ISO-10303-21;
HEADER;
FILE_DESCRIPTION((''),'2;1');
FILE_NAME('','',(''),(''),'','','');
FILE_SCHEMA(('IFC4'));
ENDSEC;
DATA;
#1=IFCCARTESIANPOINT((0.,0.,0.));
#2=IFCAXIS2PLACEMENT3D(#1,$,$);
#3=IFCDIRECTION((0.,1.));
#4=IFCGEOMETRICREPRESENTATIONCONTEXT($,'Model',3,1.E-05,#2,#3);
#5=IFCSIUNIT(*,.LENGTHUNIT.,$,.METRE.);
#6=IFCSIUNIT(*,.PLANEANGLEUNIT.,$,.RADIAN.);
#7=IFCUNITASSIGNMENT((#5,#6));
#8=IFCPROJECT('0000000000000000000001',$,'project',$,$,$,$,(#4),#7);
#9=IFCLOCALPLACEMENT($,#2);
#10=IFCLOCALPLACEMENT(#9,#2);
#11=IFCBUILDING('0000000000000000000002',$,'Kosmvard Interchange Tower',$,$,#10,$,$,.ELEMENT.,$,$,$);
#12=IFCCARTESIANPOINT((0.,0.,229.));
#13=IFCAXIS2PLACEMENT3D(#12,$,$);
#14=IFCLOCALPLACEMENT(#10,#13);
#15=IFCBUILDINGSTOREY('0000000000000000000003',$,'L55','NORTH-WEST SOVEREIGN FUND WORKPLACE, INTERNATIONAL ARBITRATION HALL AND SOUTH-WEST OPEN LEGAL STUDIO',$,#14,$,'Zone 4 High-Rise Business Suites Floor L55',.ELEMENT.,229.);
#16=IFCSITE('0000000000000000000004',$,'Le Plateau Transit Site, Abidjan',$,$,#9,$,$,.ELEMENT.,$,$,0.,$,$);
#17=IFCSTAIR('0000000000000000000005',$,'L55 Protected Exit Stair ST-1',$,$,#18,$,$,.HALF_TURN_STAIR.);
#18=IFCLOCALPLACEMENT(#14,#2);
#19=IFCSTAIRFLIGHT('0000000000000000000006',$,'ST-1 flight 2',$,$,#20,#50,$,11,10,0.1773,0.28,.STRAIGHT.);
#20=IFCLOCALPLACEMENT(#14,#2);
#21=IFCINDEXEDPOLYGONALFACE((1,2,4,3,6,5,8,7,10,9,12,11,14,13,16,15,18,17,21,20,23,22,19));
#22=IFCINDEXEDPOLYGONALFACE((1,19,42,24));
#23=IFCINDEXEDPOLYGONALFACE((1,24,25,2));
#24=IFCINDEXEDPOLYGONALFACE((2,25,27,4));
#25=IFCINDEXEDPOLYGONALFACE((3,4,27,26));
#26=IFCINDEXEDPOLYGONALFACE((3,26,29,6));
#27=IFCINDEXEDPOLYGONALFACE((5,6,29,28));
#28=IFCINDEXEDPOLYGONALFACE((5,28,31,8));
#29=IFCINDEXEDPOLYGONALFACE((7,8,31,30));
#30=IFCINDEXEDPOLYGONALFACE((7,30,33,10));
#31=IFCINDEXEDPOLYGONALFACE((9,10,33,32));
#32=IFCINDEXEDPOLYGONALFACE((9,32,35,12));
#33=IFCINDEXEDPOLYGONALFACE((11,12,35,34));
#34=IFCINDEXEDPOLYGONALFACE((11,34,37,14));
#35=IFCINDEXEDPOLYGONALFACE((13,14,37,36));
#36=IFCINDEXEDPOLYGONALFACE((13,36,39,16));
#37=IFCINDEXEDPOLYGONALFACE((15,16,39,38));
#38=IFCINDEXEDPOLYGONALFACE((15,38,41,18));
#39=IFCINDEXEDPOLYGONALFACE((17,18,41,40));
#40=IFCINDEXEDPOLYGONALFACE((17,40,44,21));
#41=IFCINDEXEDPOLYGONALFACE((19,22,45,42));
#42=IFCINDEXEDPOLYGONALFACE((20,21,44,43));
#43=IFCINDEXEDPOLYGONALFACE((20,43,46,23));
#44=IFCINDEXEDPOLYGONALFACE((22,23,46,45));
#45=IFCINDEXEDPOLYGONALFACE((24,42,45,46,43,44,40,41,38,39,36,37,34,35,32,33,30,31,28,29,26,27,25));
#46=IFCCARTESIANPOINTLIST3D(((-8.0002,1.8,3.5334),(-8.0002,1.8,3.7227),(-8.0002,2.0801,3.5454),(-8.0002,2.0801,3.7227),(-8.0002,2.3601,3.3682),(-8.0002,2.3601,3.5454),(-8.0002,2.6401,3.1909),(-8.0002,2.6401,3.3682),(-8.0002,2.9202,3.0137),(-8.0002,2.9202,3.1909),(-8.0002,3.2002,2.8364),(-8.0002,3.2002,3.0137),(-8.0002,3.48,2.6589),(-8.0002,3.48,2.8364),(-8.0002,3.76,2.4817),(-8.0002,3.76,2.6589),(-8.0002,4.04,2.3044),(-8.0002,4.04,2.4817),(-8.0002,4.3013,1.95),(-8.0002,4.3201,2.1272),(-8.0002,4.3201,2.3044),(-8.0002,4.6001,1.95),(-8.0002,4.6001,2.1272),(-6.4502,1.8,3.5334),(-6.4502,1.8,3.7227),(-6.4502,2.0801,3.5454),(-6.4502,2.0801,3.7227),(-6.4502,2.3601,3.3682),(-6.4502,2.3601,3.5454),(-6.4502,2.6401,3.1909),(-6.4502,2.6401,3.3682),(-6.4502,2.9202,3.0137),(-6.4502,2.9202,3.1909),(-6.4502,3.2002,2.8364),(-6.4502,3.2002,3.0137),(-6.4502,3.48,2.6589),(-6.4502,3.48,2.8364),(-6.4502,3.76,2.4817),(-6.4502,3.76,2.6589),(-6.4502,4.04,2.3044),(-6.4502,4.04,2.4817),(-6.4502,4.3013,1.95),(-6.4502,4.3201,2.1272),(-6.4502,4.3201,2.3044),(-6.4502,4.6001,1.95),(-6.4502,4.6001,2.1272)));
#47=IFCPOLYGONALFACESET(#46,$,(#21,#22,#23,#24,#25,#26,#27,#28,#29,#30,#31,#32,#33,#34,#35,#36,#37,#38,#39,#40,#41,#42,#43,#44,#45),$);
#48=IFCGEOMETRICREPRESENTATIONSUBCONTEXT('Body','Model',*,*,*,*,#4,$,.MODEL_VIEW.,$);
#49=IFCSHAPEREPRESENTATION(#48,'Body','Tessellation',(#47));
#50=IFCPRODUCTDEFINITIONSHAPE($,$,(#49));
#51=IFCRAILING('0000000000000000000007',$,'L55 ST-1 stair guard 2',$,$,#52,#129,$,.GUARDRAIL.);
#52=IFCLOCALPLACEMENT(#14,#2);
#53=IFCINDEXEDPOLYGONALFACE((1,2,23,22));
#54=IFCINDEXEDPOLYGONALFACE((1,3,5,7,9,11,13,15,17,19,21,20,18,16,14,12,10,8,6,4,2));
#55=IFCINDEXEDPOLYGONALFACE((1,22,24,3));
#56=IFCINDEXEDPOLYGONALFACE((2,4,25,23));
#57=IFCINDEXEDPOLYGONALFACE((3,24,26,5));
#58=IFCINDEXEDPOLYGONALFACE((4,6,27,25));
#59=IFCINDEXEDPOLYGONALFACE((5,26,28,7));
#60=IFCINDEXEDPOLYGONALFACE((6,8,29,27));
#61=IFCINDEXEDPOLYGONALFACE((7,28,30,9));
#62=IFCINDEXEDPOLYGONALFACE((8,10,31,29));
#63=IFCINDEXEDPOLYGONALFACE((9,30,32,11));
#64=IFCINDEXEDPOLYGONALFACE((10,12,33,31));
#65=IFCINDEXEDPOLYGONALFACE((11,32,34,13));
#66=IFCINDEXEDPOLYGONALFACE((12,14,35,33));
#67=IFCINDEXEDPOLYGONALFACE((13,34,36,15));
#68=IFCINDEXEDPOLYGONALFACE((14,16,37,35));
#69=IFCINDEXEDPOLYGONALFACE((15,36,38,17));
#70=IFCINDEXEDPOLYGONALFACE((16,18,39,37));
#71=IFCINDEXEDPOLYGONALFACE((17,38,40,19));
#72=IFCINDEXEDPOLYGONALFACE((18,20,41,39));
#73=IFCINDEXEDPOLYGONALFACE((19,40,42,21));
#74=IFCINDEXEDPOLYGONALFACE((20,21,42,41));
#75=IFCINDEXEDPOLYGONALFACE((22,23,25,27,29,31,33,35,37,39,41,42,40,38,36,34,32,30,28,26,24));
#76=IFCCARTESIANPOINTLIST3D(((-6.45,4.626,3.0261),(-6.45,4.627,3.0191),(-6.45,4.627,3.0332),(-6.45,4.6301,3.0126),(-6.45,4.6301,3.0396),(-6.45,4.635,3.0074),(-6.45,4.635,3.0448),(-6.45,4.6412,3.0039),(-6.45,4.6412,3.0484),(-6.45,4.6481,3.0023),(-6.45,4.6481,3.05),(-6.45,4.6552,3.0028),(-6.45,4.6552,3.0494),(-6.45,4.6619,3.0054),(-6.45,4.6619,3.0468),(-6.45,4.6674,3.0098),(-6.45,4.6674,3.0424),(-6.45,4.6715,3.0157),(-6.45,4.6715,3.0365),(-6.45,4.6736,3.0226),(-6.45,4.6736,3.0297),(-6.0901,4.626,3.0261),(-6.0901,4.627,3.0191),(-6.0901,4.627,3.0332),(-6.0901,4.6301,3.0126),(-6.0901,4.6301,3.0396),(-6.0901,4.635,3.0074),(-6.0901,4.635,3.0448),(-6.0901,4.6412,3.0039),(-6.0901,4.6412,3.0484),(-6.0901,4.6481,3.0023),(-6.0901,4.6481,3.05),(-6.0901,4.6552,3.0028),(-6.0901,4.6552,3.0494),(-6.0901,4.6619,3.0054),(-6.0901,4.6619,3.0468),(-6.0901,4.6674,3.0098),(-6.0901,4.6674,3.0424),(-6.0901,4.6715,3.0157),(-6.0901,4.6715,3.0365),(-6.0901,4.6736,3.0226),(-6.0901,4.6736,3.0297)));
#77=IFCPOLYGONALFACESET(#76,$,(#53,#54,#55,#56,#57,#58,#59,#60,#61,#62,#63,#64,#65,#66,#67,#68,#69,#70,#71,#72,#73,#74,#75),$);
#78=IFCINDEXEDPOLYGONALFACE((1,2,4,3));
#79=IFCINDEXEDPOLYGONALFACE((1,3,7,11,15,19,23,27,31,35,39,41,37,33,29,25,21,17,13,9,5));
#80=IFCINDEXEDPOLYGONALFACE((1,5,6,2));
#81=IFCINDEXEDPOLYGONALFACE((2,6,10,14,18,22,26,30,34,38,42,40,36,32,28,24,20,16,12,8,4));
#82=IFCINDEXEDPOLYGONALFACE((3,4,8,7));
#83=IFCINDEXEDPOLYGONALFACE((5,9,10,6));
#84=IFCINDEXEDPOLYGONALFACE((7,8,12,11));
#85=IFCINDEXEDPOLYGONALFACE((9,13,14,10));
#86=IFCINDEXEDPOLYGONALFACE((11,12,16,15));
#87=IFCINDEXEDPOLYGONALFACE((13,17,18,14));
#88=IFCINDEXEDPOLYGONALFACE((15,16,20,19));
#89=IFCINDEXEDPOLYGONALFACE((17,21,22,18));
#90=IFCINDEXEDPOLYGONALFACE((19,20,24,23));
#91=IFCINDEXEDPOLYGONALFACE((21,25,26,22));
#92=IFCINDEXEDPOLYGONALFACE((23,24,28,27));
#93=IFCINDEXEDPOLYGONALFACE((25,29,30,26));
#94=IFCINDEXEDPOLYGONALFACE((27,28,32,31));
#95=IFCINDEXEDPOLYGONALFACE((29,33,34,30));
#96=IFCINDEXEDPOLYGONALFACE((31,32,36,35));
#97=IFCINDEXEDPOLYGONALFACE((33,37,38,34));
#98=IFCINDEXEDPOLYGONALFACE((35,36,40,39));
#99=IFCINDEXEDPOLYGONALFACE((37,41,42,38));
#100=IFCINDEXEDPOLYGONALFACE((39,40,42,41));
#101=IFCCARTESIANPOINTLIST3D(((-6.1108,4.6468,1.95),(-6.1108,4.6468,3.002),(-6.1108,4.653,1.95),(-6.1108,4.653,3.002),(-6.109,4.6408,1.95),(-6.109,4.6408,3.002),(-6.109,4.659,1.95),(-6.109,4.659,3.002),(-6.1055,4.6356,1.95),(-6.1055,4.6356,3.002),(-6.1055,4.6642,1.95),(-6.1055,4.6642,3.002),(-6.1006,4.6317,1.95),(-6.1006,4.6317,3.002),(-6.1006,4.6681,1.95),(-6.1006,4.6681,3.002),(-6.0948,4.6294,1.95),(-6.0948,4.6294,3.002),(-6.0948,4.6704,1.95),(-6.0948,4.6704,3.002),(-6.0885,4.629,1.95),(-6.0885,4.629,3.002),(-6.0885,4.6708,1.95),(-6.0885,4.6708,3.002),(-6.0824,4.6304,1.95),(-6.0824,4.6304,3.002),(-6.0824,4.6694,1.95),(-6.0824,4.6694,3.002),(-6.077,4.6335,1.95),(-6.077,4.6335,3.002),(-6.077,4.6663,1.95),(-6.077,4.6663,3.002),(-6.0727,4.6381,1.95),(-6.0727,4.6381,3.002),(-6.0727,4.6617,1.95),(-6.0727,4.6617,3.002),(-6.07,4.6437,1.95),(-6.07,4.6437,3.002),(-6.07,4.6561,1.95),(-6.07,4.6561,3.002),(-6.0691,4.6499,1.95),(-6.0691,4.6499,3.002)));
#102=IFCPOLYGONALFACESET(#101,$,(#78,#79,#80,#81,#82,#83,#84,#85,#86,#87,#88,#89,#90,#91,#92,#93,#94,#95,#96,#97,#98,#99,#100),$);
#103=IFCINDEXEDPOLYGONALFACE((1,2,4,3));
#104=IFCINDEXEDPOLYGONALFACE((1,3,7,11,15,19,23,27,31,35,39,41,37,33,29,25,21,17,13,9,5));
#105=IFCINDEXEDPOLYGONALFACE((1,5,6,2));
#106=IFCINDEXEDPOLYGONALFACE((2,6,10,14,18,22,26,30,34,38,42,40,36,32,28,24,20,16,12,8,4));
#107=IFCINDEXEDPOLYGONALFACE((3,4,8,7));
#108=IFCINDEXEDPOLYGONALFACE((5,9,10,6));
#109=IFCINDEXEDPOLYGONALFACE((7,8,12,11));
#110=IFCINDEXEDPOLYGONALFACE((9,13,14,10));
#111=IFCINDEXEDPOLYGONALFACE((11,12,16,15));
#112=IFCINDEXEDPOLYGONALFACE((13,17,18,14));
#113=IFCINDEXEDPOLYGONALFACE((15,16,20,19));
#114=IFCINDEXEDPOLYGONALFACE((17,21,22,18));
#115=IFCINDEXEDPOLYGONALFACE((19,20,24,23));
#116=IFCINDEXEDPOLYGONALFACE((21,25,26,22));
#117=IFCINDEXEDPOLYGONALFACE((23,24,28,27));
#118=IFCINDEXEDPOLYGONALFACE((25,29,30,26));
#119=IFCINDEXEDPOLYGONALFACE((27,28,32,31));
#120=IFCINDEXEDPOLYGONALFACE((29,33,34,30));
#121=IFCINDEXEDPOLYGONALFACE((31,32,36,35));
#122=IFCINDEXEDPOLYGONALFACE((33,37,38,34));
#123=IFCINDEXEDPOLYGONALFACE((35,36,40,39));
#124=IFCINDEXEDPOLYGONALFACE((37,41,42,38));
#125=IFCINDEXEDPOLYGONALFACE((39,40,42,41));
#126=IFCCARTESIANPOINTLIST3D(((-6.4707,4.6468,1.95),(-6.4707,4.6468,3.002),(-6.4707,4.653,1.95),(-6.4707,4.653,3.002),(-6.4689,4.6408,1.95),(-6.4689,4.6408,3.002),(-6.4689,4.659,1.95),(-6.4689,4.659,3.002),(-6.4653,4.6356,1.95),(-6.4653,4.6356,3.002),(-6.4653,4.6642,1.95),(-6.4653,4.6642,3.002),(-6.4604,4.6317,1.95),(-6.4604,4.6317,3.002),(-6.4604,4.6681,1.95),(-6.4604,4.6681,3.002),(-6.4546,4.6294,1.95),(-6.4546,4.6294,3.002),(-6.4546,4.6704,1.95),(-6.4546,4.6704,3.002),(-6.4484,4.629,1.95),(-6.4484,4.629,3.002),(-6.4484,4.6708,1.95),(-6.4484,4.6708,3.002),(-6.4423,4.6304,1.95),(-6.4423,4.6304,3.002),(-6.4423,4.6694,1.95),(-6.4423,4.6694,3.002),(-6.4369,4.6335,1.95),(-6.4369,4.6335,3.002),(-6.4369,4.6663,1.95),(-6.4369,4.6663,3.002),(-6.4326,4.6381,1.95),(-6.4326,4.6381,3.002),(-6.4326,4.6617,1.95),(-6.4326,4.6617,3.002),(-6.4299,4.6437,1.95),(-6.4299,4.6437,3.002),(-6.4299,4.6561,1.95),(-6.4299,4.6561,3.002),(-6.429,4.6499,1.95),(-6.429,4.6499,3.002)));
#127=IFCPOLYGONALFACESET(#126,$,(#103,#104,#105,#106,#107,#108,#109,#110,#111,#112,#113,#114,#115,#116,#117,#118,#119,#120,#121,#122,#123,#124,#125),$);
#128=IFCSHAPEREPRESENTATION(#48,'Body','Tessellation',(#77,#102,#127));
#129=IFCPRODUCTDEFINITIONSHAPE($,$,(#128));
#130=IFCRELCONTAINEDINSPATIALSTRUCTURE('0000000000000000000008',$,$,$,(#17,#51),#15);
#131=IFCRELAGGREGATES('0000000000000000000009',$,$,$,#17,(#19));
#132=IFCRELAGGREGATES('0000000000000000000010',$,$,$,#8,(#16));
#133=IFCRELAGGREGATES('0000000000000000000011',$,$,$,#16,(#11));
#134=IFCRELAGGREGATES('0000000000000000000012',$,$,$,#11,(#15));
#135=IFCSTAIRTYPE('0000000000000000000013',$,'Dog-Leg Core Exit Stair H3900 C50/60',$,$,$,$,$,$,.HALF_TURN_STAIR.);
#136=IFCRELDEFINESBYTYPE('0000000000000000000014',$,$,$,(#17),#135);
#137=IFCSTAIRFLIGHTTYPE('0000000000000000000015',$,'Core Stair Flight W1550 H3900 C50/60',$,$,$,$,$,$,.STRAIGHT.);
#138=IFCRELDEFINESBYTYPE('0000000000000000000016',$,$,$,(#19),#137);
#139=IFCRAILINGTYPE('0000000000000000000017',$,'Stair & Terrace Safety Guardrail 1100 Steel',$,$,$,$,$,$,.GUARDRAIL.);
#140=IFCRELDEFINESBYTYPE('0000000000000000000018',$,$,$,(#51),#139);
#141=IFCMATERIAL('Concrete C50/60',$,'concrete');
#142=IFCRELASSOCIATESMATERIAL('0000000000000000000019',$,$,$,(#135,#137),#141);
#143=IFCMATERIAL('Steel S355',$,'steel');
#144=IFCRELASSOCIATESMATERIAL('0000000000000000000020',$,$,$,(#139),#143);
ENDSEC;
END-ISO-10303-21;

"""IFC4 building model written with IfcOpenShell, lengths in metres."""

from ifc_helpers import new_model, si_unit, direction, frame, origin, origin_2d, place, context, subcontext, project, spatial, polyline, circle, outline, extrude, source, transform, mapped, material, type_object, element, aggregate, save


model = new_model("IFC4")

# Units and contexts
model_context = context("Model", 3, precision=1e-05, world=origin(), true_north=direction((0.0, 1.0)))
body_context = subcontext(model_context, "Body", "Model", "MODEL_VIEW")
ifc_project = project(units=[si_unit("LENGTHUNIT", "METRE"), si_unit("PLANEANGLEUNIT", "RADIAN")], contexts=[model_context])

# Site, building, storey
site_placement = place(None, origin())
site = spatial("IfcSite", under=ifc_project, at=site_placement, Name="Le Plateau Transit Site, Abidjan", CompositionType="ELEMENT", RefElevation=0.0)
building_placement = place(site_placement, origin())
building = spatial("IfcBuilding", under=site, at=building_placement, Name="Kosmvard Interchange Tower", CompositionType="ELEMENT")
storey_placement = place(building_placement, frame((0.0, 0.0, 229.0)))
storey = spatial("IfcBuildingStorey", under=building, at=storey_placement, Name="L55", Description="NORTH-WEST SOVEREIGN FUND WORKPLACE, INTERNATIONAL ARBITRATION HALL AND SOUTH-WEST OPEN LEGAL STUDIO", LongName="Zone 4 High-Rise Business Suites Floor L55", CompositionType="ELEMENT", Elevation=229.0)

# Shared definitions
ifc_material_1 = material(Name="Concrete C50/60", Category="concrete")

# Shared definitions
ifc_material_2 = material(Name="Steel S355", Category="steel")

# Stair, stair flight
stair_type = type_object("IfcStairType", Name="Dog-Leg Core Exit Stair H3900 C50/60", PredefinedType="HALF_TURN_STAIR", material=ifc_material_1)
stair_placement = place(storey_placement, origin())
stair = element("IfcStair", 1, at=stair_placement, inside=storey, type_object=stair_type, Name="L55 Protected Exit Stair ST-1", PredefinedType="HALF_TURN_STAIR")
stair_flight_type = type_object("IfcStairFlightType", Name="Core Stair Flight W1550 H3900 C50/60", PredefinedType="STRAIGHT", material=ifc_material_1)
shared_shape_1 = source(origin(), body_context, "Body", "SweptSolid", [
    extrude(outline(polyline([(0.0, 0.0), (0.0, 0.1772), (0.28, 0.1772), (0.28, 0.3545), (0.5601, 0.3545), (0.5601, 0.5317), (0.8401, 0.5317), (0.8401, 0.709), (1.1201, 0.709), (1.1201, 0.8865), (1.3999, 0.8865), (1.3999, 1.0637), (1.6799, 1.0637), (1.6799, 1.241), (1.96, 1.241), (1.96, 1.4182), (2.24, 1.4182), (2.24, 1.5955), (2.52, 1.5955), (2.52, 1.7727), (2.8, 1.7727), (2.8, 1.95), (2.8, 1.5835), (0.2988, 0.0), (0.0, 0.0)])), frame((0.0, 0.7749, 0.0), z_axis=(0.0, -1.0, 0.0), x_axis=(1.0, 0.0, 0.0)), (0.0, 0.0, 1.0), 1.55),
])
stair_flight_placement = place(storey_placement, frame((-7.2251, 4.6001, 1.95), z_axis=(0.0, 0.0, 1.0), x_axis=(0.0, -1.0, 0.0)))
stair_flight = element("IfcStairFlight", 2, at=stair_flight_placement, type_object=stair_flight_type, Name="ST-1 flight 2", NumberOfRisers=11, NumberOfTreads=10, PredefinedType="STRAIGHT", RiserHeight=0.1773, TreadLength=0.28, context=body_context, shape_type="MappedRepresentation", body=[
    mapped(shared_shape_1, transform((0.0, 0.0, 0.0), scale=1.0)),
])
aggregate(stair, [stair_flight])

# Railing
railing_type_1 = type_object("IfcRailingType", Name="Stair & Terrace Safety Guardrail 1100 Steel", PredefinedType="GUARDRAIL", material=ifc_material_2)
shared_shape_2 = source(origin(), body_context, "Body", "SweptSolid", [
    extrude(circle(Radius=0.0239, at=origin_2d()), frame((0.0, 0.0, 1.0762), z_axis=(-1.0, 0.0, 0.0), x_axis=(0.0, -1.0, 0.0)), (0.0, 0.0, 1.0), 0.3599),
    extrude(circle(Radius=0.021, at=origin_2d()), origin(), (0.0, 0.0, 1.0), 1.052),
    extrude(circle(Radius=0.021, at=origin_2d()), frame((-0.3599, 0.0, 0.0)), (0.0, 0.0, 1.0), 1.052),
])
railing_1_placement = place(storey_placement, frame((-6.0901, 4.6499, 1.95)))
element("IfcRailing", 3, at=railing_1_placement, inside=storey, type_object=railing_type_1, Name="L55 ST-1 stair guard 2", PredefinedType="GUARDRAIL", context=body_context, shape_type="MappedRepresentation", body=[
    mapped(shared_shape_2, transform((0.0, 0.0, 0.0), scale=1.0)),
])

save(model, "model.ifc")
